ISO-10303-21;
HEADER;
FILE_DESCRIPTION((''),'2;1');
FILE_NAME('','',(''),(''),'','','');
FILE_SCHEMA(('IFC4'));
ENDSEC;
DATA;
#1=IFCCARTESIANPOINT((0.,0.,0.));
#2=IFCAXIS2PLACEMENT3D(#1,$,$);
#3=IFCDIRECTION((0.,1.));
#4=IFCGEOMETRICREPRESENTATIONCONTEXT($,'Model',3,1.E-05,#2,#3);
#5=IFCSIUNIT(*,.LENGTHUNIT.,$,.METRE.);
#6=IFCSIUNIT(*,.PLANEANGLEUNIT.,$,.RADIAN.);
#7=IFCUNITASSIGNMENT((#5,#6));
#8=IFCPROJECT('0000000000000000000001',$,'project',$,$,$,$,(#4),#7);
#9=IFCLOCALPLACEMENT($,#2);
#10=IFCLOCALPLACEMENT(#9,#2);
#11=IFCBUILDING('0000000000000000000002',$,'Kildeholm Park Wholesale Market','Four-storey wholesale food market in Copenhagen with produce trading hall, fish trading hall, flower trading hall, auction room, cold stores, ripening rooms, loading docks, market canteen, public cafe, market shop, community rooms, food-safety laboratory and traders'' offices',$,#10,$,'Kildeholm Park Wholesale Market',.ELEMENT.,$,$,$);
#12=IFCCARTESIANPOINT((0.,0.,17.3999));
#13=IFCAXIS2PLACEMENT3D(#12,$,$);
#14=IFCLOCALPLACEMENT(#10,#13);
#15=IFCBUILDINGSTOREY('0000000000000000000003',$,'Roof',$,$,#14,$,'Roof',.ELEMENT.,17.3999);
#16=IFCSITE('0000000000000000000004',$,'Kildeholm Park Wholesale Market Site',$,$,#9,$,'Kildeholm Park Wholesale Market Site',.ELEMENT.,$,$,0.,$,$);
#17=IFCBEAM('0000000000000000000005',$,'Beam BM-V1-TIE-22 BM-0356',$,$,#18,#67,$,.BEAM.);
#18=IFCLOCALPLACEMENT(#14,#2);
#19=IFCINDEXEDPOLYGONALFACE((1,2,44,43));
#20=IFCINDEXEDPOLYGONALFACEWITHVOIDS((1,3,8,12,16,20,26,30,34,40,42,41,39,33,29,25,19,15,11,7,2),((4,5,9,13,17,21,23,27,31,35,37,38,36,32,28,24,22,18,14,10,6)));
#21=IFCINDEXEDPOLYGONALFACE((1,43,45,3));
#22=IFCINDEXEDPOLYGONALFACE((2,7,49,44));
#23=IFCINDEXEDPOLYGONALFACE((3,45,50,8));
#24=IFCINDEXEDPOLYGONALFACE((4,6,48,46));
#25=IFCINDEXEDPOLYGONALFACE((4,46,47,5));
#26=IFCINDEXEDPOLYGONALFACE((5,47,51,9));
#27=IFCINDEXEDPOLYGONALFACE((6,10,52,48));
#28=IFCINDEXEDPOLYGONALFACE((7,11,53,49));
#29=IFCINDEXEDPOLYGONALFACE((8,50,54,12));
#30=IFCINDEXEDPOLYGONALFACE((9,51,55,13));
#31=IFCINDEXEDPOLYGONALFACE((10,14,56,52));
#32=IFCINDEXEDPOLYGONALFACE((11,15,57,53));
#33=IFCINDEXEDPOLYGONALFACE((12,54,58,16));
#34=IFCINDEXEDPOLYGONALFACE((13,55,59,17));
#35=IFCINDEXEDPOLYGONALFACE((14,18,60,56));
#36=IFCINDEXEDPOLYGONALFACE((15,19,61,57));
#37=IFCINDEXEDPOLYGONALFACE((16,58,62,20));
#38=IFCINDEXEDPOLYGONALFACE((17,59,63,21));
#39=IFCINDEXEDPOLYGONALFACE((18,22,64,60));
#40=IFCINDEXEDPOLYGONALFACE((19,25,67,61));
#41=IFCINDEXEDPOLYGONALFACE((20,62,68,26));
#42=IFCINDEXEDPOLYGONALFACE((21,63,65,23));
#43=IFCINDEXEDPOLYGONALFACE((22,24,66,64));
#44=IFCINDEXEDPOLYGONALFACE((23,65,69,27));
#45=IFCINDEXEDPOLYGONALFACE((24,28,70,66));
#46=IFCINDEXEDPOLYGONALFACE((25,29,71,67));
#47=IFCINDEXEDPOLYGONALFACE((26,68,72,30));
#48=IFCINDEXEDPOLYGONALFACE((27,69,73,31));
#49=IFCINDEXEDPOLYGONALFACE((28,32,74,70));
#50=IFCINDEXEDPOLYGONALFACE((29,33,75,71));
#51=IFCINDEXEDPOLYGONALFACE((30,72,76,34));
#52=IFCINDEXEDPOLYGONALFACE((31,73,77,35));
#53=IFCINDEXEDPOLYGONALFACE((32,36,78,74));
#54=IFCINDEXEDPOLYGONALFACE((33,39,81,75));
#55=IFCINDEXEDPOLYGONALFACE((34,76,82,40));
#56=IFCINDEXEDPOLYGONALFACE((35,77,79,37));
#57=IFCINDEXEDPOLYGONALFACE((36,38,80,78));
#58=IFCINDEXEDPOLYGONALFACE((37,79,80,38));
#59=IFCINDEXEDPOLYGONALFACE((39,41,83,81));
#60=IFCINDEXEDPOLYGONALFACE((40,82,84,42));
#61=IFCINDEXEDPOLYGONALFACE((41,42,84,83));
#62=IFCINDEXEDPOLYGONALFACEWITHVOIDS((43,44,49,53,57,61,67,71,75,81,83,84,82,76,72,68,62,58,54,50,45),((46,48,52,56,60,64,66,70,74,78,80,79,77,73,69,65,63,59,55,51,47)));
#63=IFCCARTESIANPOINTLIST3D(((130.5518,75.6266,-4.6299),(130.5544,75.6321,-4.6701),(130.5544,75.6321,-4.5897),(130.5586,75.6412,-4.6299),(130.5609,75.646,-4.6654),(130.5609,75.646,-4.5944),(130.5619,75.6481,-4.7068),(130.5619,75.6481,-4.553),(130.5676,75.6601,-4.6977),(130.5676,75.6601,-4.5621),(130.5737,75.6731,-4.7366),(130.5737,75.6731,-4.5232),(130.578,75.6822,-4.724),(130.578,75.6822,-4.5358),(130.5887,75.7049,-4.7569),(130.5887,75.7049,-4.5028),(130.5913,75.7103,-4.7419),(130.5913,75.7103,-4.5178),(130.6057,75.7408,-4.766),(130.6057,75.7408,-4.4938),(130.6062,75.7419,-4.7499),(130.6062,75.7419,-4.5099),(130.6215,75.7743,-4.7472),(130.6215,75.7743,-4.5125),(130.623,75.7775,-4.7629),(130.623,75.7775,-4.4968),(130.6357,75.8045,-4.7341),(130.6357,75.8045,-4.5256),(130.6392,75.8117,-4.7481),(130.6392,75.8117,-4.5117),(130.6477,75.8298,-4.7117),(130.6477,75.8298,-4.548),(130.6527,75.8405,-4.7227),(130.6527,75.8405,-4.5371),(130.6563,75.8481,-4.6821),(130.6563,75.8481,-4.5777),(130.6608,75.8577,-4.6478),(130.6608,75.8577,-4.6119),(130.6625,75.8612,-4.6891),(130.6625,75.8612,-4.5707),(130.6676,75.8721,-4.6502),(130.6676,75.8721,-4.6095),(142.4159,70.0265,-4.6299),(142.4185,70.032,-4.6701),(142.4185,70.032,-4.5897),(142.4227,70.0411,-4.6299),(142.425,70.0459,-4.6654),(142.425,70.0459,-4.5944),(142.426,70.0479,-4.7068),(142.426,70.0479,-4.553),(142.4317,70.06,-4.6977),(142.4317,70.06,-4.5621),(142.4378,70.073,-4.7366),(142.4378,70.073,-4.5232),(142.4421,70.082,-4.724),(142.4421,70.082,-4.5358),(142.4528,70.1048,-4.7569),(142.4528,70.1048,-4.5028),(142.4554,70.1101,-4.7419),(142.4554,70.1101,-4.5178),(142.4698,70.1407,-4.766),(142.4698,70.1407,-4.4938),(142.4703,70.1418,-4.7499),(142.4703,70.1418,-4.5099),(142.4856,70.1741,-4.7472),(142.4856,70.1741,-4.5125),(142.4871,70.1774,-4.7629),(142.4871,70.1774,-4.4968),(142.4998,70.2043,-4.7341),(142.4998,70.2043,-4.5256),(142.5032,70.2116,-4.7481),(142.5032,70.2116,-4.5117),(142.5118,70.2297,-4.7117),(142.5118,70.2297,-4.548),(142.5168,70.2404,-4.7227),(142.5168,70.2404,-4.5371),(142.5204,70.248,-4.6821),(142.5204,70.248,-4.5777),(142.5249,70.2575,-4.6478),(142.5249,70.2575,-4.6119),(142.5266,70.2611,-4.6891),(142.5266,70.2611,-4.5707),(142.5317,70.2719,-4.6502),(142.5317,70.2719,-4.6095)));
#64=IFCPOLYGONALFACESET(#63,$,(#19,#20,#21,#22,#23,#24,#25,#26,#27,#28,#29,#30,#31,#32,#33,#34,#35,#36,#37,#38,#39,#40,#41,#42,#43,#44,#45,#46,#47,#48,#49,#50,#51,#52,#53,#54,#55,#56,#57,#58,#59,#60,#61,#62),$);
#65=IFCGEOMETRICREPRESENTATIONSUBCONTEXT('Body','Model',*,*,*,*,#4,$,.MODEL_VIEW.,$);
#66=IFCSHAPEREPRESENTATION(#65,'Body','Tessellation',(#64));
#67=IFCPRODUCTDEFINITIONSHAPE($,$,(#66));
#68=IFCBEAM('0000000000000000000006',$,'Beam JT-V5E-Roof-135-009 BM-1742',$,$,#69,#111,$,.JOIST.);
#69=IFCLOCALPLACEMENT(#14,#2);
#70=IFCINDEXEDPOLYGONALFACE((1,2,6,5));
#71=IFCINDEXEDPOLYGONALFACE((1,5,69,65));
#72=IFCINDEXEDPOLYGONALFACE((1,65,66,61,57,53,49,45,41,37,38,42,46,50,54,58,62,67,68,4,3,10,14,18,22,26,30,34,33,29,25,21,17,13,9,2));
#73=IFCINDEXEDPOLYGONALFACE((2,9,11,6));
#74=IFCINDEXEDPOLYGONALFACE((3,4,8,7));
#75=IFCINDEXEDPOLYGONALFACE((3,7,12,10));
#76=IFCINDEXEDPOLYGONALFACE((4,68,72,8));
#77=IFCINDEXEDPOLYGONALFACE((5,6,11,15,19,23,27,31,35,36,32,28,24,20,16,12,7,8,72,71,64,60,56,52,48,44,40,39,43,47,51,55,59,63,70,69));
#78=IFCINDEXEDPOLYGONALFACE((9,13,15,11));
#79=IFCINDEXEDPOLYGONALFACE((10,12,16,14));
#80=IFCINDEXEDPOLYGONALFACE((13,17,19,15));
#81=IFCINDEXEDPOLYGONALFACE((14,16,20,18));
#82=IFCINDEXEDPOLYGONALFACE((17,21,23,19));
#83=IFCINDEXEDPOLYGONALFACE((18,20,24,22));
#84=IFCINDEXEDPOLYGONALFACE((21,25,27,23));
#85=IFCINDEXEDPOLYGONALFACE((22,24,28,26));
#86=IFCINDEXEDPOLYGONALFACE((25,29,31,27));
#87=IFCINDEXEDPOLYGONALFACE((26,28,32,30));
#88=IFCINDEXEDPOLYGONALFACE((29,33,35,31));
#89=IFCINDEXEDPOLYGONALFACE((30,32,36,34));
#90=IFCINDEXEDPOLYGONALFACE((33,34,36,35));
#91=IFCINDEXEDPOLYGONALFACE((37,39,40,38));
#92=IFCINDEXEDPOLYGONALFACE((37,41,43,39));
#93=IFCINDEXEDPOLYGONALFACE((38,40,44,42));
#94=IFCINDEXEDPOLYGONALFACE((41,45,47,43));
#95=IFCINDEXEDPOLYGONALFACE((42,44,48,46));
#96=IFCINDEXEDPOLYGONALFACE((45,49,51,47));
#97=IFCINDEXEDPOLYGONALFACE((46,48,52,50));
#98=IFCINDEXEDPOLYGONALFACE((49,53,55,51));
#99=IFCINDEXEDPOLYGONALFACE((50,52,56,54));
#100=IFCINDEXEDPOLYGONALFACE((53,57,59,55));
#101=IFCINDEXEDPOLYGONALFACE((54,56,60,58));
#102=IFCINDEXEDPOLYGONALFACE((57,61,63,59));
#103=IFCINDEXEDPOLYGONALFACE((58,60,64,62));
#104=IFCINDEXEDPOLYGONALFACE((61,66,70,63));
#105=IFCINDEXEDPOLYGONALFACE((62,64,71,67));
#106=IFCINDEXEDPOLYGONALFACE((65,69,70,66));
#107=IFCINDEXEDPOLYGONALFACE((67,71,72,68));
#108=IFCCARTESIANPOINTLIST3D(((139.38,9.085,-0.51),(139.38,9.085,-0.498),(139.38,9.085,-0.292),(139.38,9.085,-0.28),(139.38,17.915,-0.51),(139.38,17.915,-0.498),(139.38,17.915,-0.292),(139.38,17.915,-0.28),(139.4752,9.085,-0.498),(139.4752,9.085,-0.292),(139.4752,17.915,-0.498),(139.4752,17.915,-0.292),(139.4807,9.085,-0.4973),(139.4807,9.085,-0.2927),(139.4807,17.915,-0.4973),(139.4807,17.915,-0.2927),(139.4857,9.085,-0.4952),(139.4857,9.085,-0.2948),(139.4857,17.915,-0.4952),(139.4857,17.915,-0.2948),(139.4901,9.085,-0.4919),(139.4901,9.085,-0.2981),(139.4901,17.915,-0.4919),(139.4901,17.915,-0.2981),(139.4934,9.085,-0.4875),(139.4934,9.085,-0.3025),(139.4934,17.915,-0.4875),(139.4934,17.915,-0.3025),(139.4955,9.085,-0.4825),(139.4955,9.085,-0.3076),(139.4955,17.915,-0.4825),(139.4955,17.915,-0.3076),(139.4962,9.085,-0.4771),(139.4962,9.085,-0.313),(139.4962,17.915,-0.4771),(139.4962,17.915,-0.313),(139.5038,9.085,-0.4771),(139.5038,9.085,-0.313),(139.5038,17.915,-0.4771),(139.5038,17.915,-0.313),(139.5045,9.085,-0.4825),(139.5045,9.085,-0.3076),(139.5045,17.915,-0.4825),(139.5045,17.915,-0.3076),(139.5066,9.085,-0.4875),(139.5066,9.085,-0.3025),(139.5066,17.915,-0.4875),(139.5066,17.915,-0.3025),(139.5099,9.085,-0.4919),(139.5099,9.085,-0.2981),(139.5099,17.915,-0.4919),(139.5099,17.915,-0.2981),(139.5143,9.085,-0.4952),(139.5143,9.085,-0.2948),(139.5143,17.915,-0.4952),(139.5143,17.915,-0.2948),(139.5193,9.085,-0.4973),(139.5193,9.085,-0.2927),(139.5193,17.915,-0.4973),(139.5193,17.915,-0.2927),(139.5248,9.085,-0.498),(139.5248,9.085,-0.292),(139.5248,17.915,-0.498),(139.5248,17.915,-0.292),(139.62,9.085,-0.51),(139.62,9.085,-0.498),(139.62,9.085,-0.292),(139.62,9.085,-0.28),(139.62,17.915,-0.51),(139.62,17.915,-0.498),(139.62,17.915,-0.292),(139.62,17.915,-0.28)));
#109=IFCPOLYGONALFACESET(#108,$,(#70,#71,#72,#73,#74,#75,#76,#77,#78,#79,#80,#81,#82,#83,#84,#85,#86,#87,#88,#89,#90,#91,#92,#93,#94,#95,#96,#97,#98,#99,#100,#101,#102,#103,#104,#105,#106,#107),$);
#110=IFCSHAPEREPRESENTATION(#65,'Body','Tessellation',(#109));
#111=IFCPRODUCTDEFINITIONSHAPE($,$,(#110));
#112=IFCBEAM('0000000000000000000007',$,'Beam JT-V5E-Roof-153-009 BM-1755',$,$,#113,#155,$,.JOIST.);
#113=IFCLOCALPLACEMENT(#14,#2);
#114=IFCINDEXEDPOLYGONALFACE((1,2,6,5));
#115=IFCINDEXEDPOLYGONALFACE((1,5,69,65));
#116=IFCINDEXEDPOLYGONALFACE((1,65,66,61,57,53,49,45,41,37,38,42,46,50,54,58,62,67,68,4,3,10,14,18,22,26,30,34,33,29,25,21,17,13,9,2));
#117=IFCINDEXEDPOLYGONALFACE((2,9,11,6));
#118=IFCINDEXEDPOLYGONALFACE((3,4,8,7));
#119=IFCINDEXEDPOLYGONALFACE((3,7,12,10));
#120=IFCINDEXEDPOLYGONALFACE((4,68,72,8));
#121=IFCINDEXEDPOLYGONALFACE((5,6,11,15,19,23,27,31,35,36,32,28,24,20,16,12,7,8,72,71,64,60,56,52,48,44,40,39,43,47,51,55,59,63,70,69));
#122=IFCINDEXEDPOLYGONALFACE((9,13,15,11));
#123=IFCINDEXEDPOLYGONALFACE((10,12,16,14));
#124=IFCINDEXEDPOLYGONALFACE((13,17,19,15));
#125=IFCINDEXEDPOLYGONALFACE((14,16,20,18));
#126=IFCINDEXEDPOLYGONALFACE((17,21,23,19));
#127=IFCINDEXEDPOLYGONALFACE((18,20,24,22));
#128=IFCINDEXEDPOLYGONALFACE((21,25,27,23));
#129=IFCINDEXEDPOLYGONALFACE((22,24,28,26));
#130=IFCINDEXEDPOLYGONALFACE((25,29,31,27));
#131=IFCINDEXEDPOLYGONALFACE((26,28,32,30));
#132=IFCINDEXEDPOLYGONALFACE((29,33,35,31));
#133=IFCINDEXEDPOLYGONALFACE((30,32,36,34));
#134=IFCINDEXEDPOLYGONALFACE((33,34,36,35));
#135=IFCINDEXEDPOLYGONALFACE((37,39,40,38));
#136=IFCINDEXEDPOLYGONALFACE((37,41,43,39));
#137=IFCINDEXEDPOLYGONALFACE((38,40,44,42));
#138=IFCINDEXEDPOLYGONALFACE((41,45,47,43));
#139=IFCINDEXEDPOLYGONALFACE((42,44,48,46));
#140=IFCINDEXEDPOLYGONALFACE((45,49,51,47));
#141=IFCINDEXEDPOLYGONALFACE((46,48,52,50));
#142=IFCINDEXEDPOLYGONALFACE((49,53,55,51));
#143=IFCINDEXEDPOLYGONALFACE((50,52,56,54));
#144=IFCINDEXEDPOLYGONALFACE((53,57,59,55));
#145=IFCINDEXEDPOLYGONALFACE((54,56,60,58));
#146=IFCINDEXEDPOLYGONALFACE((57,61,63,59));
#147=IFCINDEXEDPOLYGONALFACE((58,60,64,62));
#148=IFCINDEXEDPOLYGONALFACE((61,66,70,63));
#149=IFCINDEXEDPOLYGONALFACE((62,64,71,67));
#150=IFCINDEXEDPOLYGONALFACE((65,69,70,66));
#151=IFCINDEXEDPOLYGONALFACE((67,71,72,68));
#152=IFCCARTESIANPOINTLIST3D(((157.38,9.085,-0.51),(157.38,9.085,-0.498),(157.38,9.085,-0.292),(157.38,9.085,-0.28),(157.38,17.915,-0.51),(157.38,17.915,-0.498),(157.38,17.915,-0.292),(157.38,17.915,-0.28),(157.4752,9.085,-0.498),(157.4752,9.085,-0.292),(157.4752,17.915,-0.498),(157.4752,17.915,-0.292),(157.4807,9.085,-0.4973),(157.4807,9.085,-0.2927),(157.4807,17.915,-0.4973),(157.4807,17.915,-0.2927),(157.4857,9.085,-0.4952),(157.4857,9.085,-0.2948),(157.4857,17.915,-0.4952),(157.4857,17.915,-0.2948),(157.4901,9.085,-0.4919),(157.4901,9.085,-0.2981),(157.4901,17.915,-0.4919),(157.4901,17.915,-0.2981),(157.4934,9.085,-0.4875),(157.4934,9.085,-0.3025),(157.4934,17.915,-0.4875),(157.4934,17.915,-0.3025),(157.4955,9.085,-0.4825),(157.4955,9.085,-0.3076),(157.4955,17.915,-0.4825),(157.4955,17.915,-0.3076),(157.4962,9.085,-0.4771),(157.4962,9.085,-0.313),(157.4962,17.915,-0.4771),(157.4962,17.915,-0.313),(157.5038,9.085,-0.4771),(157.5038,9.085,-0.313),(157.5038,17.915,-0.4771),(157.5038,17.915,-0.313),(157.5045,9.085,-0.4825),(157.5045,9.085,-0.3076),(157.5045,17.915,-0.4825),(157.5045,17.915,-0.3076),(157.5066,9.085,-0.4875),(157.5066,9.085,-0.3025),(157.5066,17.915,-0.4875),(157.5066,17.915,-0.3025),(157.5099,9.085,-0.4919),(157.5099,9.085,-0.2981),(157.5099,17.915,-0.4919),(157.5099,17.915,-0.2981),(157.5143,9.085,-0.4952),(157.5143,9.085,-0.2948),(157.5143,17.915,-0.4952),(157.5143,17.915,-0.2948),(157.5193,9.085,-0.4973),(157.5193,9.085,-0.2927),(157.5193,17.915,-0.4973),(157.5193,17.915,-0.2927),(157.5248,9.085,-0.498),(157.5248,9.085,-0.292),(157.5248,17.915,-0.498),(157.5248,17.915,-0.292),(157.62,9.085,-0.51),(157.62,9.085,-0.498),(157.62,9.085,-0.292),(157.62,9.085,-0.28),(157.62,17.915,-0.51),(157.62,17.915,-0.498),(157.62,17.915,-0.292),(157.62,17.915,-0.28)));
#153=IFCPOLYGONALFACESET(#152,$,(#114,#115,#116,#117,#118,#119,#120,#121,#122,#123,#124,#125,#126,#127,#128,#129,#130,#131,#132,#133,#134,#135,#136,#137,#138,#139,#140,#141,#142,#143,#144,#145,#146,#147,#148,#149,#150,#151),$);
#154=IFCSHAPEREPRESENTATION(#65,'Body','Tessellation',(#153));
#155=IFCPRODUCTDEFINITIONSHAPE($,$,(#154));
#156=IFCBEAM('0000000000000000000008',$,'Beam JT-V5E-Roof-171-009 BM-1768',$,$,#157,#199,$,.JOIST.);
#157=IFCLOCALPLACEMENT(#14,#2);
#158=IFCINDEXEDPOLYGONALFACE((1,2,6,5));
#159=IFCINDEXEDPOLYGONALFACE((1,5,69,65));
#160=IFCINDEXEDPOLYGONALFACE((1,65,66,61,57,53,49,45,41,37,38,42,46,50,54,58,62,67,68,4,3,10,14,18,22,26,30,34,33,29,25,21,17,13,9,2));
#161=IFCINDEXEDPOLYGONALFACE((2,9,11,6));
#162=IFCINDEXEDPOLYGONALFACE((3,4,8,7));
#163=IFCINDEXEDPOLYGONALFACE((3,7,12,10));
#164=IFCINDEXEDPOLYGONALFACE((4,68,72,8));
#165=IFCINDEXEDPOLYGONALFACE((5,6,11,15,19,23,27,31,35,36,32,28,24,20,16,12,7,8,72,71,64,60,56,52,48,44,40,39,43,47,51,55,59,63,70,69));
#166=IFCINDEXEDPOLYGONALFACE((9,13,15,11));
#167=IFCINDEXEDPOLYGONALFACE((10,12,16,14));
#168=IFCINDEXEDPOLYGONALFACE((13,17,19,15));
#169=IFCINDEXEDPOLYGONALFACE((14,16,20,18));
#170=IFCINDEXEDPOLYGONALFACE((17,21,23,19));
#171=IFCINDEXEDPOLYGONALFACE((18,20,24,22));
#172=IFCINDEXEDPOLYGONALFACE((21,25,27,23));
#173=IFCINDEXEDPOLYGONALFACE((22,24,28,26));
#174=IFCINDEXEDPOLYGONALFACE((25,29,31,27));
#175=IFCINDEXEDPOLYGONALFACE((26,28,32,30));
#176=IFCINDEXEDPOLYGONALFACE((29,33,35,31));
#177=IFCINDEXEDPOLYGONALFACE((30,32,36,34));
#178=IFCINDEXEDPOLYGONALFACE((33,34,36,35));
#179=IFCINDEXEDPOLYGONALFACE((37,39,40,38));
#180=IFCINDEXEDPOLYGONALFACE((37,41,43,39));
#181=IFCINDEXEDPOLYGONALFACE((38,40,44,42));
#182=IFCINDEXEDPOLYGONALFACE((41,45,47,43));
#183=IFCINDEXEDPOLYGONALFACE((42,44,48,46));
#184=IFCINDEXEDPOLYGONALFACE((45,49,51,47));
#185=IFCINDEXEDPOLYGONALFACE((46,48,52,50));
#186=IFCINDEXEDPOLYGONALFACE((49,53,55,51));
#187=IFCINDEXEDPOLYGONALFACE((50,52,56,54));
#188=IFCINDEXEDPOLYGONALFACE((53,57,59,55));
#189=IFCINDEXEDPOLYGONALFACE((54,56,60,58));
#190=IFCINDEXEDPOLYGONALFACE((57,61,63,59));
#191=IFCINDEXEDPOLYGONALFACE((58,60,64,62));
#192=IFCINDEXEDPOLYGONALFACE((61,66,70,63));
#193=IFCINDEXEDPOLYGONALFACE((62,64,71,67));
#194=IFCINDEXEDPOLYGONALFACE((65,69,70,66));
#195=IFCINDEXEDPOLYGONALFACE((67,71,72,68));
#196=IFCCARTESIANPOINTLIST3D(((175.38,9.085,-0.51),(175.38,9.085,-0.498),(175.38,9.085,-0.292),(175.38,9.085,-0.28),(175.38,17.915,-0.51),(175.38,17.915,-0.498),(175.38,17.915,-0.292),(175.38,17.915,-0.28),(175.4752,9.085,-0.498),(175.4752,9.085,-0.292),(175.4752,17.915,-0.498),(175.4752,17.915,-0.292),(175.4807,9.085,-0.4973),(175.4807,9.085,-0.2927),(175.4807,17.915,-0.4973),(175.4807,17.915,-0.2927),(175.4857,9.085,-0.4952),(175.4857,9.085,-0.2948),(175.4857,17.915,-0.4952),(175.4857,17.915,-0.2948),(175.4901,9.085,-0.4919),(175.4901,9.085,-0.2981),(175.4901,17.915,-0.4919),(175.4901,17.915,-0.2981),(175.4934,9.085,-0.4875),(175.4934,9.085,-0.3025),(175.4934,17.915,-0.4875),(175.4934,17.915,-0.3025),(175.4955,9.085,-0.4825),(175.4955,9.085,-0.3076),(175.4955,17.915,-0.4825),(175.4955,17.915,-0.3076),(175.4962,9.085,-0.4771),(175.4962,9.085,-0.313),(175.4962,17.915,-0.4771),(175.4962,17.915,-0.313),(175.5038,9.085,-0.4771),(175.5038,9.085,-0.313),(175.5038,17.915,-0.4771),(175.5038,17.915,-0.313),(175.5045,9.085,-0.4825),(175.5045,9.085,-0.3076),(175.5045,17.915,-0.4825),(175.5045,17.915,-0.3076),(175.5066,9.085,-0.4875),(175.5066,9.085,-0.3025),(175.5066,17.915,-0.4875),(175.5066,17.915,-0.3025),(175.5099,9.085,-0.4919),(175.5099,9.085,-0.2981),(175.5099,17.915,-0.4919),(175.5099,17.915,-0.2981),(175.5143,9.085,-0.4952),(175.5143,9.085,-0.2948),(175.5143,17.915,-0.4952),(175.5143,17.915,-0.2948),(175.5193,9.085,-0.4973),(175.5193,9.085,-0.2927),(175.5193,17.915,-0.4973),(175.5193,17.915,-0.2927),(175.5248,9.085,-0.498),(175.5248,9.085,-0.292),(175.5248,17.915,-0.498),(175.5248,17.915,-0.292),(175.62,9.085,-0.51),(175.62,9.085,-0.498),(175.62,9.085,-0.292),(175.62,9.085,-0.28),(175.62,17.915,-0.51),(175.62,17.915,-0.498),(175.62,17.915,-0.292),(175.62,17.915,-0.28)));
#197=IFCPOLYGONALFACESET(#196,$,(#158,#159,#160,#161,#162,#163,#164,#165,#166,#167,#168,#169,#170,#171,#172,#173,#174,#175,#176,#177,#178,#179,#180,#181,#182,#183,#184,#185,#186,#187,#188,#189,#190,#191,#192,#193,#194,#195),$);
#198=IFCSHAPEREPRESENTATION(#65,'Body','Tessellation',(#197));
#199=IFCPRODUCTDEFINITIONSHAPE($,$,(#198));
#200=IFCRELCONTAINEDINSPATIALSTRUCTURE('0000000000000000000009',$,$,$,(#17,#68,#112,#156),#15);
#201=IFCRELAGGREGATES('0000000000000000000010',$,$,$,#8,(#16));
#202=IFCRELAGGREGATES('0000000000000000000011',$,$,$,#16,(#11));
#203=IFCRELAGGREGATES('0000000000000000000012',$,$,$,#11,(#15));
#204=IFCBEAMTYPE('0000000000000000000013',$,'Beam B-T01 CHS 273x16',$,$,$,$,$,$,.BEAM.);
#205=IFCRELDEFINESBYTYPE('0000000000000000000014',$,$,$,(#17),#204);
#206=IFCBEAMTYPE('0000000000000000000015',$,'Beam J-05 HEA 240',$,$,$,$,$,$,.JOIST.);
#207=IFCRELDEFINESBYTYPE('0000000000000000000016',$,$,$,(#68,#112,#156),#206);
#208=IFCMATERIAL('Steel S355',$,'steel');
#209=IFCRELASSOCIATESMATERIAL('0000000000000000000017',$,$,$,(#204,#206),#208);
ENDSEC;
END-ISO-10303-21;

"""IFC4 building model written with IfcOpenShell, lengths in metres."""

from ifc_helpers import new_model, si_unit, direction, frame, origin, origin_2d, place, context, subcontext, project, spatial, hollow_circle, i_section, extrude, material, material_profile, profile_set, type_object, element, save


model = new_model("IFC4")

# Units and contexts
model_context = context("Model", 3, precision=1e-05, world=origin(), true_north=direction((0.0, 1.0)))
body_context = subcontext(model_context, "Body", "Model", "MODEL_VIEW")
ifc_project = project(units=[si_unit("LENGTHUNIT", "METRE"), si_unit("PLANEANGLEUNIT", "RADIAN")], contexts=[model_context])

# Site, building, storey
site_placement = place(None, origin())
site = spatial("IfcSite", under=ifc_project, at=site_placement, Name="Kildeholm Park Wholesale Market Site", LongName="Kildeholm Park Wholesale Market Site", CompositionType="ELEMENT", RefElevation=0.0)
building_placement = place(site_placement, origin())
building = spatial("IfcBuilding", under=site, at=building_placement, Name="Kildeholm Park Wholesale Market", Description="Four-storey wholesale food market in Copenhagen with produce trading hall, fish trading hall, flower trading hall, auction room, cold stores, ripening rooms, loading docks, market canteen, public cafe, market shop, community rooms, food-safety laboratory and traders' offices", LongName="Kildeholm Park Wholesale Market", CompositionType="ELEMENT")
storey_placement = place(building_placement, frame((0.0, 0.0, 17.3999)))
storey = spatial("IfcBuildingStorey", under=building, at=storey_placement, Name="Roof", LongName="Roof", CompositionType="ELEMENT", Elevation=17.3999)

# Beams
ifc_material_1 = material(Name="Steel S355", Category="steel")
ifc_material_profile_1 = material_profile(ifc_material_1, hollow_circle(Radius=0.1365, WallThickness=0.0161, at=origin_2d()), Name="CHS 273x16")
ifc_profile_set_1 = profile_set([ifc_material_profile_1], Name="Steel S355")
beam_type_1 = type_object("IfcBeamType", Name="Beam B-T01 CHS 273x16", PredefinedType="BEAM", material=ifc_profile_set_1)
beam_1_placement = place(storey_placement, frame((142.4741, 70.1499, -4.6299), z_axis=(-0.904318, 0.42686, 0.0), x_axis=(-0.42686, -0.904318, 0.0)))
element("IfcBeam", 1, at=beam_1_placement, inside=storey, type_object=beam_type_1, Name="Beam BM-V1-TIE-22 BM-0356", PredefinedType="BEAM", context=body_context, shape_type="SweptSolid", body=[
    extrude(hollow_circle(Radius=0.1365, WallThickness=0.0161, at=origin_2d()), origin(), (0.0, 0.0, 1.0), 13.1194),
])
ifc_material_profile_2 = material_profile(ifc_material_1, i_section(OverallWidth=0.24, OverallDepth=0.23, WebThickness=0.0076, FlangeThickness=0.012, FilletRadius=0.021, at=origin_2d()), Name="HEA 240")
ifc_profile_set_2 = profile_set([ifc_material_profile_2], Name="Steel S355")
beam_type_2 = type_object("IfcBeamType", Name="Beam J-05 HEA 240", PredefinedType="JOIST", material=ifc_profile_set_2)
for number, where, z_axis, x_axis, name in (
    (2, (139.5, 9.085, -0.395), (0.0, 1.0, 0.0), (-1.0, 0.0, 0.0), "Beam JT-V5E-Roof-135-009 BM-1742"),
    (3, (157.5, 9.085, -0.395), (0.0, 1.0, 0.0), (-1.0, 0.0, 0.0), "Beam JT-V5E-Roof-153-009 BM-1755"),
    (4, (175.5, 9.085, -0.395), (0.0, 1.0, 0.0), (-1.0, 0.0, 0.0), "Beam JT-V5E-Roof-171-009 BM-1768"),
):
    element("IfcBeam", number, at=place(storey_placement, frame(where, z_axis=z_axis, x_axis=x_axis)), inside=storey, type_object=beam_type_2, Name=name, PredefinedType="JOIST", context=body_context, shape_type="SweptSolid", body=[
        extrude(i_section(OverallWidth=0.24, OverallDepth=0.23, WebThickness=0.0076, FlangeThickness=0.012, FilletRadius=0.021, at=origin_2d()), origin(), (0.0, 0.0, 1.0), 8.8301),
    ])

save(model, "model.ifc")
